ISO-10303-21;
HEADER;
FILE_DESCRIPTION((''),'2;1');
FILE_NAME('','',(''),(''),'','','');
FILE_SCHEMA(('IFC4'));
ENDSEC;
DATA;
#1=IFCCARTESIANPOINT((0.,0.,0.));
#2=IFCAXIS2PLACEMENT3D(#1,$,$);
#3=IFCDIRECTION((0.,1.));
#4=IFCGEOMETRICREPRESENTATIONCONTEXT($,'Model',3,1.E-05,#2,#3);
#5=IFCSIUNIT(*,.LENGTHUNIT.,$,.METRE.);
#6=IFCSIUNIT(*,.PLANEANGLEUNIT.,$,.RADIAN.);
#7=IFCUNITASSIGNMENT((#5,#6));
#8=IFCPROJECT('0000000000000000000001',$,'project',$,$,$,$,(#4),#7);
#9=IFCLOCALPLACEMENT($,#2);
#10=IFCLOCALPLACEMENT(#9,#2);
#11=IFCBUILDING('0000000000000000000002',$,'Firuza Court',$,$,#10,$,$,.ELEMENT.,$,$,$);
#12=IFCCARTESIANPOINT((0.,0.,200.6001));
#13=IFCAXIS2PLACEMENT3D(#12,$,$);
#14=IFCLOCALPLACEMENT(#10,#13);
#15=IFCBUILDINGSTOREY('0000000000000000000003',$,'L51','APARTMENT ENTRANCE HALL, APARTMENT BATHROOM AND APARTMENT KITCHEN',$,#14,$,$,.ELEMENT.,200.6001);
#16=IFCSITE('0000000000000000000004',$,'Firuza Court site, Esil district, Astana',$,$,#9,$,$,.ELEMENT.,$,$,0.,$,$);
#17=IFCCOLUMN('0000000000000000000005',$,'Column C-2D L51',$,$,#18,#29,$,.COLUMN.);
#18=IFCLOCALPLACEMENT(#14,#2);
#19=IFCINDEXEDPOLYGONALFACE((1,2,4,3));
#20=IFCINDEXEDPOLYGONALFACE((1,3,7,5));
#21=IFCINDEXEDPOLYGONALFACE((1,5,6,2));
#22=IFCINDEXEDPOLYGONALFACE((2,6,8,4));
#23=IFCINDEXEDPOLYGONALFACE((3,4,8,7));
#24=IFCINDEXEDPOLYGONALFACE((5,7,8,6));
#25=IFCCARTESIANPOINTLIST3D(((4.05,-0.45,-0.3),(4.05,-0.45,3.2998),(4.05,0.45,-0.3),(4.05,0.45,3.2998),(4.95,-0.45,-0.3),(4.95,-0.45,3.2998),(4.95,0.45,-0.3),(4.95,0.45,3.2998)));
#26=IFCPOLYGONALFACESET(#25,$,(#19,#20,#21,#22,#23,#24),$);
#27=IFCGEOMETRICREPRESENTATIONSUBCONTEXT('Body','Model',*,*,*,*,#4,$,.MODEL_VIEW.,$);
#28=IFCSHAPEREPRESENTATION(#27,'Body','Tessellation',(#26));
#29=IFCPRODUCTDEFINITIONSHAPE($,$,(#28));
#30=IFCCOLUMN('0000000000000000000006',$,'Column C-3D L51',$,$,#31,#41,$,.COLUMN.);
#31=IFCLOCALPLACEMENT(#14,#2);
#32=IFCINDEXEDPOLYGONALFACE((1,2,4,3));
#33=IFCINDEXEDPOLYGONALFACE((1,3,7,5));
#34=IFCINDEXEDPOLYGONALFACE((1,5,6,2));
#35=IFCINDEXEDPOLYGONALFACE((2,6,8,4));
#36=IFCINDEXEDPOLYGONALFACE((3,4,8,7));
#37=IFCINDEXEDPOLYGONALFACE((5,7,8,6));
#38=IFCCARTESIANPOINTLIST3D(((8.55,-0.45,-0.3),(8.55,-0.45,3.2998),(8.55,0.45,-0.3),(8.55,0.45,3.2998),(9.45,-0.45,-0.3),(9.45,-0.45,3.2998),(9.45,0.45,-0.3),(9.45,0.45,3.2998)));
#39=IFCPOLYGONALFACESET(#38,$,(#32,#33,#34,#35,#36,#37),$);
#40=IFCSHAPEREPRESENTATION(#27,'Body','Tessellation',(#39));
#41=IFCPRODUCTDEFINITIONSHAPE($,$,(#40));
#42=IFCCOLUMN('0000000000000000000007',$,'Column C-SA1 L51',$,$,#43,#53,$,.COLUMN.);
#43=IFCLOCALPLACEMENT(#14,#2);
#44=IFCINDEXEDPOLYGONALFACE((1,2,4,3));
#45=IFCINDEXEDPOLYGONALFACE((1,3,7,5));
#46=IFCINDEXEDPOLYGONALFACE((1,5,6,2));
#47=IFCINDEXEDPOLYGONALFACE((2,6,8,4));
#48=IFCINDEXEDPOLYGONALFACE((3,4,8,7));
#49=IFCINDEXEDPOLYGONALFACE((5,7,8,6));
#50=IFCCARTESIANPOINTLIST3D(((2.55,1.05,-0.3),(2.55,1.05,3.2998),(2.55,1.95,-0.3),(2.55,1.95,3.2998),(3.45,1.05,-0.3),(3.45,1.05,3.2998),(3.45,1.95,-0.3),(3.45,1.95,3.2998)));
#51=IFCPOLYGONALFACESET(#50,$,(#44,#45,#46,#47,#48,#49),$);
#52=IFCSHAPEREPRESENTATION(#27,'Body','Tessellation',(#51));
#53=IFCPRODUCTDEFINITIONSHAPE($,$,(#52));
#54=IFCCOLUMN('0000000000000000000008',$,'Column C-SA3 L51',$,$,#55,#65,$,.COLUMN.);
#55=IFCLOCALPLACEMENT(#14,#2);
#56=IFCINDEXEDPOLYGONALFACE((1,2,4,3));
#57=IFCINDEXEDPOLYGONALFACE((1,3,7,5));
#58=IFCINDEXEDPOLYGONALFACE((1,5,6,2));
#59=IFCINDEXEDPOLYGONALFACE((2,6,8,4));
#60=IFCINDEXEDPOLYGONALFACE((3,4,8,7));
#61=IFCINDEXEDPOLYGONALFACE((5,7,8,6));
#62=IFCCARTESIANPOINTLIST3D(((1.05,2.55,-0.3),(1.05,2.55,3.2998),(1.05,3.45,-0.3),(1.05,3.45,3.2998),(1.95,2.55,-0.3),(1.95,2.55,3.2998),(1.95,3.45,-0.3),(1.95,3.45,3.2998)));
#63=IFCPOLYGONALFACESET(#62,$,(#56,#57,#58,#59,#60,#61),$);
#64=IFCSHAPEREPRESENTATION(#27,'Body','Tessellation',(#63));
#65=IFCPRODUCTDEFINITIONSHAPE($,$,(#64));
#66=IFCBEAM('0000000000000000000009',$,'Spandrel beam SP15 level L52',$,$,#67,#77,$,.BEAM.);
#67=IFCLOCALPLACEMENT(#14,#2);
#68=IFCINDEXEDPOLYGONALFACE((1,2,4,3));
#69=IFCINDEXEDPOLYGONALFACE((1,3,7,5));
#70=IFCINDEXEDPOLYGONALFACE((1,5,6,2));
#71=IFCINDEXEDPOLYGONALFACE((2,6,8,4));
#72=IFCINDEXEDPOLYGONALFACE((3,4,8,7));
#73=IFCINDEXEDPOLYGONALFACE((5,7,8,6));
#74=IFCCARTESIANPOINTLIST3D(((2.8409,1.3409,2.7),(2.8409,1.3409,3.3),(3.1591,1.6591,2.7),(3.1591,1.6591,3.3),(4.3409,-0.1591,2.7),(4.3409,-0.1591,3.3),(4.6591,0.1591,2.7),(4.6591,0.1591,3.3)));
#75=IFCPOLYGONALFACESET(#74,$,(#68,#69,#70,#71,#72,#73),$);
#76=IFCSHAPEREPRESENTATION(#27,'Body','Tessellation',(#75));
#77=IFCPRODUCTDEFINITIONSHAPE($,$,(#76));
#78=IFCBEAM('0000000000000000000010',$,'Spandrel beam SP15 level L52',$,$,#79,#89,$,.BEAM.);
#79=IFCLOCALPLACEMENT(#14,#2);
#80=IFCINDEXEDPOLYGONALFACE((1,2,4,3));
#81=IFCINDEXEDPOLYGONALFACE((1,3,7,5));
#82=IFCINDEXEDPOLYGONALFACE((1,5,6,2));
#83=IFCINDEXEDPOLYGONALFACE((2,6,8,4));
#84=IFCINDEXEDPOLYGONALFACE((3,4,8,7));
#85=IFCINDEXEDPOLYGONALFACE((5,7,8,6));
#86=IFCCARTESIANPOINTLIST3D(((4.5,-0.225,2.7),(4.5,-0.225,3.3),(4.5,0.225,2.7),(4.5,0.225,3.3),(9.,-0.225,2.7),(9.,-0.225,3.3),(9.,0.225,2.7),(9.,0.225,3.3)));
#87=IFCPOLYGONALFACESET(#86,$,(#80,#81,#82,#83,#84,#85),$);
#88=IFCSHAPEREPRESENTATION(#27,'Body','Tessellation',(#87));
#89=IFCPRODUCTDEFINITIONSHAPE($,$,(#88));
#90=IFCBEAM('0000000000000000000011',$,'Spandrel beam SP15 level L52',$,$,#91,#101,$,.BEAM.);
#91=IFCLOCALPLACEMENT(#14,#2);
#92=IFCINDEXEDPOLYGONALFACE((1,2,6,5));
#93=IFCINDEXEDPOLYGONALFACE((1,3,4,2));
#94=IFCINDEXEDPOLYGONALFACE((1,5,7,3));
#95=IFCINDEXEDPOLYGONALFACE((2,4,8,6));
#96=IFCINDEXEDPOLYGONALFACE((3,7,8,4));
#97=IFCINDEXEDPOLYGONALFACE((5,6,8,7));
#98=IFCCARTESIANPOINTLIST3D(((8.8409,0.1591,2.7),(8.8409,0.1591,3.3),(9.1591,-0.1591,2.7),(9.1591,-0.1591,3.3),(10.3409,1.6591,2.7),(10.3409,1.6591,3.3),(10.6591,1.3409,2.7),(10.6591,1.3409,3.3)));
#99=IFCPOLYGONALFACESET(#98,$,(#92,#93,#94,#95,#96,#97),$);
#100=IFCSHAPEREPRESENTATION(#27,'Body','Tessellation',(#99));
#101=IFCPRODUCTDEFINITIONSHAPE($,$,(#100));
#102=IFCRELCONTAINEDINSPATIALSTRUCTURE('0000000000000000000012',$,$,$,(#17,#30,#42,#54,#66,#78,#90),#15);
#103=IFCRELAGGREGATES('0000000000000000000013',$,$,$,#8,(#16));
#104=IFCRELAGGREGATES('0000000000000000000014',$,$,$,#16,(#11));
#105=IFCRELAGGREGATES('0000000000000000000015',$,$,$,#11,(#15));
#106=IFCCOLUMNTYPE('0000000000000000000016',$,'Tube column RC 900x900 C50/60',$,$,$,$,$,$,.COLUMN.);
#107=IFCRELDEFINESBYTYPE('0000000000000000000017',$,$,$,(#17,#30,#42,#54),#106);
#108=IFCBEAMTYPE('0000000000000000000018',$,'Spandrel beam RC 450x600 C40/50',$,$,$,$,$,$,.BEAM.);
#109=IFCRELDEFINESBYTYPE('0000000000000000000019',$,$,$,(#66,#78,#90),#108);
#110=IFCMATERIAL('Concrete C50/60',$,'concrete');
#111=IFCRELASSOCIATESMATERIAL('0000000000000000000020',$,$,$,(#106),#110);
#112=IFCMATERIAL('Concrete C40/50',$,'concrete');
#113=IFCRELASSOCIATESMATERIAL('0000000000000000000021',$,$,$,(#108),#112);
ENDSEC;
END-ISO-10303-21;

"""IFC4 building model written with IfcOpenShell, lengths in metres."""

from ifc_helpers import new_model, si_unit, direction, frame, origin, origin_2d, place, context, subcontext, project, spatial, rectangle, extrude, material, material_profile, profile_set, type_object, element, save


model = new_model("IFC4")

# Units and contexts
model_context = context("Model", 3, precision=1e-05, world=origin(), true_north=direction((0.0, 1.0)))
body_context = subcontext(model_context, "Body", "Model", "MODEL_VIEW")
ifc_project = project(units=[si_unit("LENGTHUNIT", "METRE"), si_unit("PLANEANGLEUNIT", "RADIAN")], contexts=[model_context])

# Site, building, storey
site_placement = place(None, origin())
site = spatial("IfcSite", under=ifc_project, at=site_placement, Name="Firuza Court site, Esil district, Astana", CompositionType="ELEMENT", RefElevation=0.0)
building_placement = place(site_placement, origin())
building = spatial("IfcBuilding", under=site, at=building_placement, Name="Firuza Court", CompositionType="ELEMENT")
storey_placement = place(building_placement, frame((0.0, 0.0, 200.6001)))
storey = spatial("IfcBuildingStorey", under=building, at=storey_placement, Name="L51", Description="APARTMENT ENTRANCE HALL, APARTMENT BATHROOM AND APARTMENT KITCHEN", CompositionType="ELEMENT", Elevation=200.6001)

# Columns
ifc_material_1 = material(Name="Concrete C50/60", Category="concrete")
ifc_material_profile_1 = material_profile(ifc_material_1, rectangle(XDim=0.8999, YDim=0.8999, at=origin_2d()), Name="RC 900x900")
ifc_profile_set_1 = profile_set([ifc_material_profile_1], Name="Concrete C50/60")
column_type = type_object("IfcColumnType", Name="Tube column RC 900x900 C50/60", PredefinedType="COLUMN", material=ifc_profile_set_1)
for number, where, z_axis, x_axis, name in (
    (1, (4.5, 0.0, -0.3), (0.0, 0.0, 1.0), (1.0, 0.0, 0.0), "Column C-2D L51"),
    (2, (9.0, 0.0, -0.3), (0.0, 0.0, 1.0), (1.0, 0.0, 0.0), "Column C-3D L51"),
    (3, (3.0, 1.5, -0.3), (0.0, 0.0, 1.0), (1.0, 0.0, 0.0), "Column C-SA1 L51"),
    (4, (1.5, 3.0, -0.3), (0.0, 0.0, 1.0), (1.0, 0.0, 0.0), "Column C-SA3 L51"),
):
    element("IfcColumn", number, at=place(storey_placement, frame(where, z_axis=z_axis, x_axis=x_axis)), inside=storey, type_object=column_type, Name=name, PredefinedType="COLUMN", context=body_context, shape_type="SweptSolid", body=[
        extrude(rectangle(XDim=0.8999, YDim=0.8999, at=origin_2d()), origin(), (0.0, 0.0, 1.0), 3.5999),
    ])

# Beams
ifc_material_2 = material(Name="Concrete C40/50", Category="concrete")
ifc_material_profile_2 = material_profile(ifc_material_2, rectangle(XDim=0.45, YDim=0.6001, at=origin_2d()), Name="RC 450x600")
ifc_profile_set_2 = profile_set([ifc_material_profile_2], Name="Concrete C40/50")
beam_type = type_object("IfcBeamType", Name="Spandrel beam RC 450x600 C40/50", PredefinedType="BEAM", material=ifc_profile_set_2)
beam_1_placement = place(storey_placement, frame((3.0, 1.5, 3.0), z_axis=(0.707107, -0.707107, 0.0), x_axis=(0.707107, 0.707107, 0.0)))
element("IfcBeam", 5, at=beam_1_placement, inside=storey, type_object=beam_type, Name="Spandrel beam SP15 level L52", PredefinedType="BEAM", context=body_context, shape_type="SweptSolid", body=[
    extrude(rectangle(XDim=0.45, YDim=0.6001, at=origin_2d()), origin(), (0.0, 0.0, 1.0), 2.1213),
])
beam_2_placement = place(storey_placement, frame((4.5, 0.0, 3.0), z_axis=(1.0, 0.0, 0.0), x_axis=(0.0, 1.0, 0.0)))
element("IfcBeam", 6, at=beam_2_placement, inside=storey, type_object=beam_type, Name="Spandrel beam SP15 level L52", PredefinedType="BEAM", context=body_context, shape_type="SweptSolid", body=[
    extrude(rectangle(XDim=0.45, YDim=0.6001, at=origin_2d()), origin(), (0.0, 0.0, 1.0), 4.5),
])
beam_3_placement = place(storey_placement, frame((9.0, 0.0, 3.0), z_axis=(0.707107, 0.707107, 0.0), x_axis=(-0.707107, 0.707107, 0.0)))
element("IfcBeam", 7, at=beam_3_placement, inside=storey, type_object=beam_type, Name="Spandrel beam SP15 level L52", PredefinedType="BEAM", context=body_context, shape_type="SweptSolid", body=[
    extrude(rectangle(XDim=0.45, YDim=0.6001, at=origin_2d()), origin(), (0.0, 0.0, 1.0), 2.1213),
])

save(model, "model.ifc")
